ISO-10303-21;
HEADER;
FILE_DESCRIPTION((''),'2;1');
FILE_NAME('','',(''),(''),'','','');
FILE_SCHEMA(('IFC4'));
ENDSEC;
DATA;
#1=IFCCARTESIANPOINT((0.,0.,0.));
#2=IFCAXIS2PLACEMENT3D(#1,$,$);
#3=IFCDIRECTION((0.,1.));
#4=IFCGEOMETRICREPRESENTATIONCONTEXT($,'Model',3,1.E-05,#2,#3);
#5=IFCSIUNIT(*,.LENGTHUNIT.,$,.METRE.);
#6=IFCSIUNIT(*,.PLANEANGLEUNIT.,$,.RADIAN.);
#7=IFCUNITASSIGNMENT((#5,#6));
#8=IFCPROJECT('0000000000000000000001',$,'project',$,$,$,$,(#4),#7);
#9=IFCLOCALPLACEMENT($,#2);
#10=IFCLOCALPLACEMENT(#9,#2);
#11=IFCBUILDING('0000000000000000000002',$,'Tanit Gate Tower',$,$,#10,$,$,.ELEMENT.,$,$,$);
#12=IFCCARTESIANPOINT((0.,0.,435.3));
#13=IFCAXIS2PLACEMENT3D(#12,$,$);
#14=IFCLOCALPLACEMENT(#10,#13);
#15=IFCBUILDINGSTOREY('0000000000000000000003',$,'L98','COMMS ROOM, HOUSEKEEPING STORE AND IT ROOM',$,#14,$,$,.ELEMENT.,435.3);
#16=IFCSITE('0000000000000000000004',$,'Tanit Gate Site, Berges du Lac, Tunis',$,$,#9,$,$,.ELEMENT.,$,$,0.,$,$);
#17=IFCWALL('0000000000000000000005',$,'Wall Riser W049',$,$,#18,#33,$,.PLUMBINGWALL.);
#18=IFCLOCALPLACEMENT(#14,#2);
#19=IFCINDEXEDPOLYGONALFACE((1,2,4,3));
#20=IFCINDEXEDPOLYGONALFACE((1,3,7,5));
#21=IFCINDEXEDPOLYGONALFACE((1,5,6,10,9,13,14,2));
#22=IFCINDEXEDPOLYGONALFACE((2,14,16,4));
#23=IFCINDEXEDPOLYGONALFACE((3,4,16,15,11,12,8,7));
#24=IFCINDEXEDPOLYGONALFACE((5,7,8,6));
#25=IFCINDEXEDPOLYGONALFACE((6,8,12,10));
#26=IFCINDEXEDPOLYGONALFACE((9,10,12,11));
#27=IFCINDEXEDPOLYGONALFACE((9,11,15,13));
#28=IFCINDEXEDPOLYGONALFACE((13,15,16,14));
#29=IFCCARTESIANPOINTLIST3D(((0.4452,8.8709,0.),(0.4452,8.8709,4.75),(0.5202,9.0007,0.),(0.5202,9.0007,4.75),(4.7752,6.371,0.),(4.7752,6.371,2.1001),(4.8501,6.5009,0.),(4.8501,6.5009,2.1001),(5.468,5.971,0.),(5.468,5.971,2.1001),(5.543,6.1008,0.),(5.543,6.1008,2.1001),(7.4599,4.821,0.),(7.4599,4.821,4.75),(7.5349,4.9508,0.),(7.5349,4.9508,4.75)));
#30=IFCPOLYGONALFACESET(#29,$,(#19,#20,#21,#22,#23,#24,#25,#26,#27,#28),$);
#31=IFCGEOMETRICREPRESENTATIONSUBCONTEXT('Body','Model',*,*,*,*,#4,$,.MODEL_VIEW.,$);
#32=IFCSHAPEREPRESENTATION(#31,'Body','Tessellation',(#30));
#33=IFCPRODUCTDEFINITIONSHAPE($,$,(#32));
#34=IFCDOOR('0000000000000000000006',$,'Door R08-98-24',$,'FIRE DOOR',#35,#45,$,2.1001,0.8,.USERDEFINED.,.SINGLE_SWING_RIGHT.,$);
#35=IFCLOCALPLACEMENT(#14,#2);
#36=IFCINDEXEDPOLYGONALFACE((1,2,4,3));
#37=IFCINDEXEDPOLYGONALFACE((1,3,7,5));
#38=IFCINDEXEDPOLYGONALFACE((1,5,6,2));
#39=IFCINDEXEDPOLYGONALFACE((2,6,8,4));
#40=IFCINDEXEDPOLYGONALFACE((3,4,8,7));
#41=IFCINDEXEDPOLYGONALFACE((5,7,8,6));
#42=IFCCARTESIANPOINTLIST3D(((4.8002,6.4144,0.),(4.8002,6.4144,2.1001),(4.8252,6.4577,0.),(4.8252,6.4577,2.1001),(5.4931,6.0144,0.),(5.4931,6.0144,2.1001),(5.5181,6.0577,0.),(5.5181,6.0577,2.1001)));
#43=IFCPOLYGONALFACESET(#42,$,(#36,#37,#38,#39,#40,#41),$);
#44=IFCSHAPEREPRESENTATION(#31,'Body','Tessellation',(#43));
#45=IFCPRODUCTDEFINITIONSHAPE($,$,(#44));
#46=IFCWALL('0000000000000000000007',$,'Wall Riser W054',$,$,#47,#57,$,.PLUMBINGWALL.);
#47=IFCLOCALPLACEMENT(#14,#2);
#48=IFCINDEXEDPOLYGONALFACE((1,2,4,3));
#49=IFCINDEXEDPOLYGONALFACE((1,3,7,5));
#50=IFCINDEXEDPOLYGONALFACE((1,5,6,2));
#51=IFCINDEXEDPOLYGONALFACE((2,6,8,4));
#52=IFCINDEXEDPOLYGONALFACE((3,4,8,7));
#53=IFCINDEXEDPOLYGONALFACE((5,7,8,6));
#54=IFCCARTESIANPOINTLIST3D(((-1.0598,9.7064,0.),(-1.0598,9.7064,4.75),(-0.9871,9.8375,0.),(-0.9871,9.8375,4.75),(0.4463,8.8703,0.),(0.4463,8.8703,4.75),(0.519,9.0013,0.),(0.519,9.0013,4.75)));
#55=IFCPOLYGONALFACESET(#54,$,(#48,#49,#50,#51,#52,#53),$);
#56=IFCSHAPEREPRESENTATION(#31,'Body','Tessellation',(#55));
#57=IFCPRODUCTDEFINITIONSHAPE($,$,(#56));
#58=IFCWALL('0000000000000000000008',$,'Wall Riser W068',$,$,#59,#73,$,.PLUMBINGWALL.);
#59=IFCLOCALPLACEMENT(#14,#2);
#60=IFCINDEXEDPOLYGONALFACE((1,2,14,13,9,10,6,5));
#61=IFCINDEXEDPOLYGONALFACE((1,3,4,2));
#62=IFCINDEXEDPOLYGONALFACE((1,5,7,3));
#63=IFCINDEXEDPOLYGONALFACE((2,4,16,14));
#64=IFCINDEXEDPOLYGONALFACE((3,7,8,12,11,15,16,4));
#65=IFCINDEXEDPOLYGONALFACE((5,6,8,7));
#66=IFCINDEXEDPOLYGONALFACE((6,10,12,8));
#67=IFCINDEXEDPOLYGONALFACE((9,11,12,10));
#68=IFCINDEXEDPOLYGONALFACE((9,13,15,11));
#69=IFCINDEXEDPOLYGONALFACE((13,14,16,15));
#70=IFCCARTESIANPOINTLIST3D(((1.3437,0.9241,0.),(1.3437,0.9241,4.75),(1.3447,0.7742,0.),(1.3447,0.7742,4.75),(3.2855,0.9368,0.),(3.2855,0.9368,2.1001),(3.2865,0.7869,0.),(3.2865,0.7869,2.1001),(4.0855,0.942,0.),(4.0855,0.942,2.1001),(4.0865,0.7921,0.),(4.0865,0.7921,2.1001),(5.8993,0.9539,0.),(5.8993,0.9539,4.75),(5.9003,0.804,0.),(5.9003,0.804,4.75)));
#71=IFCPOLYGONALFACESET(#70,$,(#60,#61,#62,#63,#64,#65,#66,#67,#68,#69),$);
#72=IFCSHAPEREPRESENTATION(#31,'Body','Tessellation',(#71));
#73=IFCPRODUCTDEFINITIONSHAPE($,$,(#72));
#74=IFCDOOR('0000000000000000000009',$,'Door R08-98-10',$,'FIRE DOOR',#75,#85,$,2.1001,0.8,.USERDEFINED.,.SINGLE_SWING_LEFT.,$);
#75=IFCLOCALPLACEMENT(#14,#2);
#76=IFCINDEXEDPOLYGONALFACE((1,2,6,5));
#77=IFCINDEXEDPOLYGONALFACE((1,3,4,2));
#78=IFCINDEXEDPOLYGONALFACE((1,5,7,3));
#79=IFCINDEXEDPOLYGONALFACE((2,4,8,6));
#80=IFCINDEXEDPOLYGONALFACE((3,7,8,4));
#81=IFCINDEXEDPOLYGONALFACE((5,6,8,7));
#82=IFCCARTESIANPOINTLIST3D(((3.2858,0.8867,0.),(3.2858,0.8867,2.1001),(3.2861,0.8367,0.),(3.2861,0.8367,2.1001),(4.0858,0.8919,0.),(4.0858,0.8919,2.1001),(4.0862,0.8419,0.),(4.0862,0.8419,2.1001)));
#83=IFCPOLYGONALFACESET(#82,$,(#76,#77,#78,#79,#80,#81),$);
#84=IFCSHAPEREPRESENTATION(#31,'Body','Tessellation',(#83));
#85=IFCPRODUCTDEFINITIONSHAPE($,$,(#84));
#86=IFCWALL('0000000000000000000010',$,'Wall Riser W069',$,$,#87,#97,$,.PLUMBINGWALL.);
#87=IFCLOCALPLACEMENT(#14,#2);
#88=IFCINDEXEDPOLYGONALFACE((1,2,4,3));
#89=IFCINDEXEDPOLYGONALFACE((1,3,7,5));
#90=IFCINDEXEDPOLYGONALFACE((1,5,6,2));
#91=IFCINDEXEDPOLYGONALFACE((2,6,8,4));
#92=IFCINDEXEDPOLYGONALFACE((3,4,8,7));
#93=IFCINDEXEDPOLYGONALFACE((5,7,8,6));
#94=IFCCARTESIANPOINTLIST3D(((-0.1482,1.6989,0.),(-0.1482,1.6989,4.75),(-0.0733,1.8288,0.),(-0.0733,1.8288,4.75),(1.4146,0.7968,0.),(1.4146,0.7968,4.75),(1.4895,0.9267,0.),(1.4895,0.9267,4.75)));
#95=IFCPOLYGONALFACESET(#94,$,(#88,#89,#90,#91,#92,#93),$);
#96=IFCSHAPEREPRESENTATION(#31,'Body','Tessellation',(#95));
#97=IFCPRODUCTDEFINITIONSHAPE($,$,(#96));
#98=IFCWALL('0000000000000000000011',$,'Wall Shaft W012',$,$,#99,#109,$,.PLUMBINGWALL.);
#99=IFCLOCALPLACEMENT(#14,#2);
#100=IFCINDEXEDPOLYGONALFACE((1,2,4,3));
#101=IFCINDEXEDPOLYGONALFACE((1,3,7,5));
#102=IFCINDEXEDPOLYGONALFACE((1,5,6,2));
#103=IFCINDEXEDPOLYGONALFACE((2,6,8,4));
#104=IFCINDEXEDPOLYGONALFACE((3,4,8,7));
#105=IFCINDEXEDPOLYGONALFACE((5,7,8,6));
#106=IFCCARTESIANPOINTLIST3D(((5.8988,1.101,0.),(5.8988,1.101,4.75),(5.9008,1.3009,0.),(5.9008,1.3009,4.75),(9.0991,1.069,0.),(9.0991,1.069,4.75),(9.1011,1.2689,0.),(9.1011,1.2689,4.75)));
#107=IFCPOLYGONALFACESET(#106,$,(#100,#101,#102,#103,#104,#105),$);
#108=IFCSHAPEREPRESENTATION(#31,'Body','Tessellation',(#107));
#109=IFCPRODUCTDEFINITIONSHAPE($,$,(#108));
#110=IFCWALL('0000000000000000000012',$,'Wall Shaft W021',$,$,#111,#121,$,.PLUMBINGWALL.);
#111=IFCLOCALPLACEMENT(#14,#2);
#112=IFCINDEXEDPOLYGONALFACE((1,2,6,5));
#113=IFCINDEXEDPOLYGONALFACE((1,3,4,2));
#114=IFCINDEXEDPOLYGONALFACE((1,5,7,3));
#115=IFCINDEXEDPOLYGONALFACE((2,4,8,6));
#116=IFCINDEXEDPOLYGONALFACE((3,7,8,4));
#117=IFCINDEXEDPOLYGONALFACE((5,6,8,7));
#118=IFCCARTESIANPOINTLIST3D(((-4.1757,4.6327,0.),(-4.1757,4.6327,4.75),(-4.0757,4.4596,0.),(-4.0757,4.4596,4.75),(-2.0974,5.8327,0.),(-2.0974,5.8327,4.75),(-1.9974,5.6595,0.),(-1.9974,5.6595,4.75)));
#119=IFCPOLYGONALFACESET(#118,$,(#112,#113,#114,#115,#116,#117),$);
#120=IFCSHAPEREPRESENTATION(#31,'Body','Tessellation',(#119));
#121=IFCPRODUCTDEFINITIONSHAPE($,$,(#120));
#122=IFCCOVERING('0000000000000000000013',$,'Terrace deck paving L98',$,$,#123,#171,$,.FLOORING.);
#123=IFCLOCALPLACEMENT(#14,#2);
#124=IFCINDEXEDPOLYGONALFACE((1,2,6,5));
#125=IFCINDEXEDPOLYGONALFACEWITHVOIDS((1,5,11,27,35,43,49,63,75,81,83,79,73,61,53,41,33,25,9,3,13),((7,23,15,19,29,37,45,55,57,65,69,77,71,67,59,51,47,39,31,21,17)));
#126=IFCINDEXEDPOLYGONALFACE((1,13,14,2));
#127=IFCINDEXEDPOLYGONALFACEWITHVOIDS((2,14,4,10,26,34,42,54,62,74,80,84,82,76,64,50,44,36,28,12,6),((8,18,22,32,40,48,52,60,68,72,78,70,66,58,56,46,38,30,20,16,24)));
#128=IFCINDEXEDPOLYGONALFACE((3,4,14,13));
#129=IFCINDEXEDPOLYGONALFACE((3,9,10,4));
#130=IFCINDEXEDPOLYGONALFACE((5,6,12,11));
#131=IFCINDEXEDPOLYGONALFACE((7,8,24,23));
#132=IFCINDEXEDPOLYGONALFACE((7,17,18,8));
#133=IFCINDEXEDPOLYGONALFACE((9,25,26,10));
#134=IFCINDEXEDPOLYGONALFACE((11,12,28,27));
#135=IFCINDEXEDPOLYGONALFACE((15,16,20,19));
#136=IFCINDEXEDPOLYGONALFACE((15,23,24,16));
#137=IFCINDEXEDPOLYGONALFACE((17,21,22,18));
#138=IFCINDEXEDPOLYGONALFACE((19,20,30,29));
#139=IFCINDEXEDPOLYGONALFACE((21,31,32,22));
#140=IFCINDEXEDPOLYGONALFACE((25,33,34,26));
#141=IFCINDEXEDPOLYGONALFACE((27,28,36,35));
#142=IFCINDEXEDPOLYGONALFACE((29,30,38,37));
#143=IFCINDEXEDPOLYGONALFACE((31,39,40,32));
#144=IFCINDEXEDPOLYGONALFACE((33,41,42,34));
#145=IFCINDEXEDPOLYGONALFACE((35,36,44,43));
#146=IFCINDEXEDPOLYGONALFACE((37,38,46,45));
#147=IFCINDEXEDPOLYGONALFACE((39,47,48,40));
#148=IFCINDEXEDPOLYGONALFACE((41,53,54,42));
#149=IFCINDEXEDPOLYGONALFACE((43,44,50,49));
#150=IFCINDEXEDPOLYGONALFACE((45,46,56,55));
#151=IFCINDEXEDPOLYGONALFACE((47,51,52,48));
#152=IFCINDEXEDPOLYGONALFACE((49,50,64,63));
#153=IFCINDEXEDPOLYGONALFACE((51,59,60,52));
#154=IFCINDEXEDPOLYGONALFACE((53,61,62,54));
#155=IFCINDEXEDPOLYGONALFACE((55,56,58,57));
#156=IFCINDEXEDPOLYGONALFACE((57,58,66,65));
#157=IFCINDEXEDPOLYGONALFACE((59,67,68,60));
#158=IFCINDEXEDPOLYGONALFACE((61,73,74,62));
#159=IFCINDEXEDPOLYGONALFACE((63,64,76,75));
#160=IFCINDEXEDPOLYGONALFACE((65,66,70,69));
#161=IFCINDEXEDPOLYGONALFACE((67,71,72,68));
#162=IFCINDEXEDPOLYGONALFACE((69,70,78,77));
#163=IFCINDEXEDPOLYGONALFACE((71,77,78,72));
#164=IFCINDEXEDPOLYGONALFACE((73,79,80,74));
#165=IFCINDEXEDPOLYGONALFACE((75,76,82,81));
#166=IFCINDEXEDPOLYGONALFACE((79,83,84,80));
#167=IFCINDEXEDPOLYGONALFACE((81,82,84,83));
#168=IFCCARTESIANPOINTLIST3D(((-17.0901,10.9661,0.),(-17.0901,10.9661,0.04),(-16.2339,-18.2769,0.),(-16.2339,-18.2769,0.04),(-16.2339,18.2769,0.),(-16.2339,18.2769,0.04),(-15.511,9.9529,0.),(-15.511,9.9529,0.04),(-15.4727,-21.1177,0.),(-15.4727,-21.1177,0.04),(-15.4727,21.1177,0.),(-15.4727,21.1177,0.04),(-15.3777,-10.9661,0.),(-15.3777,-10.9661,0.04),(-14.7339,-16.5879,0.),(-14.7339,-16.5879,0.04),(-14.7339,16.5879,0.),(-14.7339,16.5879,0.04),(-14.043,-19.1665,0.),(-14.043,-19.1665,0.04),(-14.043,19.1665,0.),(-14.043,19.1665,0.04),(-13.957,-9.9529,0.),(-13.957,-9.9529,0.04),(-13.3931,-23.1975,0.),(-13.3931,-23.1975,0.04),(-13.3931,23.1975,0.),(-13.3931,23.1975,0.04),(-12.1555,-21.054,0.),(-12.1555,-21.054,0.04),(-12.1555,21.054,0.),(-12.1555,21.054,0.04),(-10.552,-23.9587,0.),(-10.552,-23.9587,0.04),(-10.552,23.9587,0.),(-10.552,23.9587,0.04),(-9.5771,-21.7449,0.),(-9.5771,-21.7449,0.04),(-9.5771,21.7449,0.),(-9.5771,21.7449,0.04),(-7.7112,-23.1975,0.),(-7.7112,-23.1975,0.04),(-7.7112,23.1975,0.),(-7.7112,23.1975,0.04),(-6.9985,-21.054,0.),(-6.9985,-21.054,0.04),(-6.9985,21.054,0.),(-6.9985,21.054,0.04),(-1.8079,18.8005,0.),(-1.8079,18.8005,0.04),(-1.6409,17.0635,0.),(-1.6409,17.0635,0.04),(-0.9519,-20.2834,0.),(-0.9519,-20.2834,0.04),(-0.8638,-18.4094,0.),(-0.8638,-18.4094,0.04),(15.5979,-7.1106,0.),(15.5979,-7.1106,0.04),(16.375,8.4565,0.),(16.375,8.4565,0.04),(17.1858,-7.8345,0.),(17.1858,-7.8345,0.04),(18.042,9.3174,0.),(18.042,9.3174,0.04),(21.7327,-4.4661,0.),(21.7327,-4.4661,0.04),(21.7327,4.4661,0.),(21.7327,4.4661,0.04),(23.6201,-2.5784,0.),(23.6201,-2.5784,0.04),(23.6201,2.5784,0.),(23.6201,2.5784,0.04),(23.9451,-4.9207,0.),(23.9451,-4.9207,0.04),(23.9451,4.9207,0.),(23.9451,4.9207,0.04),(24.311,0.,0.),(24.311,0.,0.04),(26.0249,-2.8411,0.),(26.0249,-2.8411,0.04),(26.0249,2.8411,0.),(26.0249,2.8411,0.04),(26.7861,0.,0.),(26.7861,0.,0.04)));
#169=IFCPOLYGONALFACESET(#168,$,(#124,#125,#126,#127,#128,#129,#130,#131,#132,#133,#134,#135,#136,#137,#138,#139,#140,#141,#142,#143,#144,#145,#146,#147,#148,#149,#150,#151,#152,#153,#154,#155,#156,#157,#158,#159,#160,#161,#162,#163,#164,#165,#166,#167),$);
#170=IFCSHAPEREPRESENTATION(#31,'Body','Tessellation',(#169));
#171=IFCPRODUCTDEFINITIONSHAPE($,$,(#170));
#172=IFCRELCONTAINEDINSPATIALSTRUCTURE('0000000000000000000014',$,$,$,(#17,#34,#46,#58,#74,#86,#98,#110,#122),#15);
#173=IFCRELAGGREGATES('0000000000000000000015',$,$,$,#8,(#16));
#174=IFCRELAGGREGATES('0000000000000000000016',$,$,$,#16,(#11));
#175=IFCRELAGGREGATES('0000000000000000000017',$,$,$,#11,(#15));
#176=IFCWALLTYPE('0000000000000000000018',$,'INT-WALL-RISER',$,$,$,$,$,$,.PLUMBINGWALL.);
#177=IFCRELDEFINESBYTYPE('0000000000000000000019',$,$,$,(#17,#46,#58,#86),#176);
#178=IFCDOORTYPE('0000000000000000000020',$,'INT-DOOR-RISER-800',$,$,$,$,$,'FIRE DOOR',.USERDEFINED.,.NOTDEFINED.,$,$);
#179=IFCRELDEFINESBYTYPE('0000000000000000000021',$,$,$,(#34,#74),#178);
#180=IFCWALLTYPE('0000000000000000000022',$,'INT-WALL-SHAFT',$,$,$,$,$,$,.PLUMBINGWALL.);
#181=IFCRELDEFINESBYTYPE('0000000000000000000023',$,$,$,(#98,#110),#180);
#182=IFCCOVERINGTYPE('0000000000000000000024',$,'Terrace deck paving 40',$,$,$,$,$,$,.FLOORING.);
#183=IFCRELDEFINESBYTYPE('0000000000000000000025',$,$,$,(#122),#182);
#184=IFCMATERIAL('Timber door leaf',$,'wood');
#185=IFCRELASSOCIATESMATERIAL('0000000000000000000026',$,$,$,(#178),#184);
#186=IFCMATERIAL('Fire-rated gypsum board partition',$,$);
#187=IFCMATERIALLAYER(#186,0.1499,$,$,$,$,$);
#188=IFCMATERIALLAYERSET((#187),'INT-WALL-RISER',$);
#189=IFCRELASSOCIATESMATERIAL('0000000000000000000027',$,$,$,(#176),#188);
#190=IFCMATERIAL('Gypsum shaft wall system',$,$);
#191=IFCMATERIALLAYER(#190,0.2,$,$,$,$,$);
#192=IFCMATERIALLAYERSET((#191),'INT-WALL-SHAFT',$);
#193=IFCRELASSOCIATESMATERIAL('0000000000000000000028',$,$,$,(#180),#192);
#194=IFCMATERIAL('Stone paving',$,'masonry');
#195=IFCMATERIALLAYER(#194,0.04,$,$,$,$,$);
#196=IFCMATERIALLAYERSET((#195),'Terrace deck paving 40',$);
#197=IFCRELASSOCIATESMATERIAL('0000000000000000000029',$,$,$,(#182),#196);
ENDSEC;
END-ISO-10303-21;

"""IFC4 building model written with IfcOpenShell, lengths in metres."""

from ifc_helpers import new_model, si_unit, direction, frame, frame_2d, origin, place, context, subcontext, project, spatial, polyline, rectangle, outline, extrude, material, layer, layer_set, type_object, element, fill, save


model = new_model("IFC4")

# Units and contexts
model_context = context("Model", 3, precision=1e-05, world=origin(), true_north=direction((0.0, 1.0)))
body_context = subcontext(model_context, "Body", "Model", "MODEL_VIEW")
ifc_project = project(units=[si_unit("LENGTHUNIT", "METRE"), si_unit("PLANEANGLEUNIT", "RADIAN")], contexts=[model_context])

# Site, building, storey
site_placement = place(None, origin())
site = spatial("IfcSite", under=ifc_project, at=site_placement, Name="Tanit Gate Site, Berges du Lac, Tunis", CompositionType="ELEMENT", RefElevation=0.0)
building_placement = place(site_placement, origin())
building = spatial("IfcBuilding", under=site, at=building_placement, Name="Tanit Gate Tower", CompositionType="ELEMENT")
storey_placement = place(building_placement, frame((0.0, 0.0, 435.3)))
storey = spatial("IfcBuildingStorey", under=building, at=storey_placement, Name="L98", Description="COMMS ROOM, HOUSEKEEPING STORE AND IT ROOM", CompositionType="ELEMENT", Elevation=435.3)

# Shared definitions
ifc_material_1 = material(Name="Timber door leaf", Category="wood")
door_type_1 = type_object("IfcDoorType", Name="INT-DOOR-RISER-800", ElementType="FIRE DOOR", OperationType="NOTDEFINED", PredefinedType="USERDEFINED", material=ifc_material_1)

# Wall, opening, door
ifc_material_2 = material(Name="Fire-rated gypsum board partition")
ifc_layer_1 = layer(ifc_material_2, 0.1499)
ifc_layer_set_1 = layer_set([ifc_layer_1], Name="INT-WALL-RISER")
wall_type_1 = type_object("IfcWallType", Name="INT-WALL-RISER", PredefinedType="PLUMBINGWALL", material=ifc_layer_set_1)
wall_1_placement = place(storey_placement, frame((7.4973, 4.886, 0.0), z_axis=(0.0, 0.0, 1.0), x_axis=(-0.866031, 0.49999, 0.0)))
wall_1 = element("IfcWall", 1, at=wall_1_placement, inside=storey, type_object=wall_type_1, Name="Wall Riser W049", PredefinedType="PLUMBINGWALL", context=body_context, shape_type="SweptSolid", body=[
    extrude(rectangle(XDim=8.0999, YDim=0.1499, at=frame_2d((4.0498, 0.0))), origin(), (0.0, 0.0, 1.0), 4.75),
])
opening_1_placement = place(wall_1_placement, frame((2.3, 0.0, 0.0)))
opening_1 = element("IfcOpeningElement", 2, at=opening_1_placement, cuts=wall_1, PredefinedType="OPENING", context=body_context, shape_type="SweptSolid", body=[
    extrude(rectangle(XDim=0.8, YDim=2.1001, at=frame_2d((0.3999, 1.05))), frame((0.0, 0.085, 0.0), z_axis=(0.0, -1.0, 0.0), x_axis=(1.0, 0.0, 0.0)), (0.0, 0.0, 1.0), 0.1699),
])
door_1_placement = place(opening_1_placement, origin())
door_1 = element("IfcDoor", 3, at=door_1_placement, inside=storey, type_object=door_type_1, Name="Door R08-98-24", ObjectType="FIRE DOOR", OperationType="SINGLE_SWING_RIGHT", OverallHeight=2.1001, OverallWidth=0.8, PredefinedType="USERDEFINED", context=body_context, shape_type="SweptSolid", body=[
    extrude(rectangle(XDim=0.8, YDim=2.1001, at=frame_2d((0.3999, 1.05))), frame((0.0, 0.0249, 0.0), z_axis=(0.0, -1.0, 0.0), x_axis=(1.0, 0.0, 0.0)), (0.0, 0.0, 1.0), 0.05),
])
fill(opening_1, door_1)

# Wall
wall_2_placement = place(storey_placement, frame((0.4827, 8.9358, 0.0), z_axis=(0.0, 0.0, 1.0), x_axis=(-0.874291, 0.485402, 0.0)))
element("IfcWall", 4, at=wall_2_placement, inside=storey, type_object=wall_type_1, Name="Wall Riser W054", PredefinedType="PLUMBINGWALL", context=body_context, shape_type="SweptSolid", body=[
    extrude(rectangle(XDim=1.7227, YDim=0.1499, at=frame_2d((0.8613, 0.0))), origin(), (0.0, 0.0, 1.0), 4.75),
])

# Wall, opening, door
wall_3_placement = place(storey_placement, frame((1.3442, 0.8491, 0.0), z_axis=(0.0, 0.0, 1.0), x_axis=(0.999979, 0.006538, 0.0)))
wall_3 = element("IfcWall", 5, at=wall_3_placement, inside=storey, type_object=wall_type_1, Name="Wall Riser W068", PredefinedType="PLUMBINGWALL", context=body_context, shape_type="SweptSolid", body=[
    extrude(rectangle(XDim=4.5557, YDim=0.1499, at=frame_2d((2.2778, 0.0))), origin(), (0.0, 0.0, 1.0), 4.75),
])
opening_2_placement = place(wall_3_placement, frame((1.9419, 0.0, 0.0)))
opening_2 = element("IfcOpeningElement", 6, at=opening_2_placement, cuts=wall_3, PredefinedType="OPENING", context=body_context, shape_type="SweptSolid", body=[
    extrude(rectangle(XDim=0.8, YDim=2.1001, at=frame_2d((0.3999, 1.05))), frame((0.0, 0.085, 0.0), z_axis=(0.0, -1.0, 0.0), x_axis=(1.0, 0.0, 0.0)), (0.0, 0.0, 1.0), 0.1699),
])
door_2_placement = place(opening_2_placement, origin())
door_2 = element("IfcDoor", 7, at=door_2_placement, inside=storey, type_object=door_type_1, Name="Door R08-98-10", ObjectType="FIRE DOOR", OperationType="SINGLE_SWING_LEFT", OverallHeight=2.1001, OverallWidth=0.8, PredefinedType="USERDEFINED", context=body_context, shape_type="SweptSolid", body=[
    extrude(rectangle(XDim=0.8, YDim=2.1001, at=frame_2d((0.3999, 1.05))), frame((0.0, 0.0249, 0.0), z_axis=(0.0, -1.0, 0.0), x_axis=(1.0, 0.0, 0.0)), (0.0, 0.0, 1.0), 0.05),
])
fill(opening_2, door_2)

# Wall
wall_4_placement = place(storey_placement, frame((-0.1108, 1.7639, 0.0), z_axis=(0.0, 0.0, 1.0), x_axis=(0.866062, -0.499937, 0.0)))
element("IfcWall", 8, at=wall_4_placement, inside=storey, type_object=wall_type_1, Name="Wall Riser W069", PredefinedType="PLUMBINGWALL", context=body_context, shape_type="SweptSolid", body=[
    extrude(rectangle(XDim=1.8044, YDim=0.1499, at=frame_2d((0.9023, 0.0))), origin(), (0.0, 0.0, 1.0), 4.75),
])

# Shared definitions
ifc_material_3 = material(Name="Gypsum shaft wall system")
ifc_layer_2 = layer(ifc_material_3, 0.2)
ifc_layer_set_2 = layer_set([ifc_layer_2], Name="INT-WALL-SHAFT")
wall_type_2 = type_object("IfcWallType", Name="INT-WALL-SHAFT", PredefinedType="PLUMBINGWALL", material=ifc_layer_set_2)

# Walls
wall_5_placement = place(storey_placement, frame((5.8999, 1.2009, 0.0), z_axis=(0.0, 0.0, 1.0), x_axis=(0.99995, -0.009993, 0.0)))
element("IfcWall", 9, at=wall_5_placement, inside=storey, type_object=wall_type_2, Name="Wall Shaft W012", PredefinedType="PLUMBINGWALL", context=body_context, shape_type="SweptSolid", body=[
    extrude(rectangle(XDim=3.2004, YDim=0.2, at=frame_2d((1.6001, 0.0))), origin(), (0.0, 0.0, 1.0), 4.75),
])
wall_6_placement = place(storey_placement, frame((-2.0474, 5.7461, 0.0), z_axis=(0.0, 0.0, 1.0), x_axis=(-0.866025, -0.500001, 0.0)))
element("IfcWall", 10, at=wall_6_placement, inside=storey, type_object=wall_type_2, Name="Wall Shaft W021", PredefinedType="PLUMBINGWALL", context=body_context, shape_type="SweptSolid", body=[
    extrude(rectangle(XDim=2.3999, YDim=0.2, at=frame_2d((1.2, 0.0))), origin(), (0.0, 0.0, 1.0), 4.75),
])

# Covering
ifc_material_4 = material(Name="Stone paving", Category="masonry")
ifc_layer_3 = layer(ifc_material_4, 0.04)
ifc_layer_set_3 = layer_set([ifc_layer_3], Name="Terrace deck paving 40")
covering_type = type_object("IfcCoveringType", Name="Terrace deck paving 40", PredefinedType="FLOORING", material=ifc_layer_set_3)
covering_placement = place(storey_placement, origin())
element("IfcCovering", 11, at=covering_placement, inside=storey, type_object=covering_type, Name="Terrace deck paving L98", PredefinedType="FLOORING", context=body_context, shape_type="SweptSolid", body=[
    extrude(outline(polyline([(26.0249, 2.8411), (26.7861, 0.0), (26.0249, -2.8411), (23.9451, -4.9207), (17.1858, -7.8345), (-0.9519, -20.2834), (-7.7112, -23.1975), (-10.552, -23.9587), (-13.3931, -23.1975), (-15.4727, -21.1177), (-16.2339, -18.2769), (-15.3777, -10.9661), (-17.0901, 10.9661), (-16.2339, 18.2769), (-15.4727, 21.1177), (-13.3931, 23.1975), (-10.552, 23.9587), (-7.7112, 23.1975), (-1.8079, 18.8005), (18.042, 9.3174), (23.9451, 4.9207), (26.0249, 2.8411)]), holes=[polyline([(16.375, 8.4565), (-1.6409, 17.0635), (-6.9985, 21.054), (-9.5771, 21.7449), (-12.1555, 21.054), (-14.043, 19.1665), (-14.7339, 16.5879), (-15.511, 9.9529), (-13.957, -9.9529), (-14.7339, -16.5879), (-14.043, -19.1665), (-12.1555, -21.054), (-9.5771, -21.7449), (-6.9985, -21.054), (-0.8638, -18.4094), (15.5979, -7.1106), (21.7327, -4.4661), (23.6201, -2.5784), (24.311, 0.0), (23.6201, 2.5784), (21.7327, 4.4661), (16.375, 8.4565)])]), origin(), (0.0, 0.0, 1.0), 0.04),
])

save(model, "model.ifc")
